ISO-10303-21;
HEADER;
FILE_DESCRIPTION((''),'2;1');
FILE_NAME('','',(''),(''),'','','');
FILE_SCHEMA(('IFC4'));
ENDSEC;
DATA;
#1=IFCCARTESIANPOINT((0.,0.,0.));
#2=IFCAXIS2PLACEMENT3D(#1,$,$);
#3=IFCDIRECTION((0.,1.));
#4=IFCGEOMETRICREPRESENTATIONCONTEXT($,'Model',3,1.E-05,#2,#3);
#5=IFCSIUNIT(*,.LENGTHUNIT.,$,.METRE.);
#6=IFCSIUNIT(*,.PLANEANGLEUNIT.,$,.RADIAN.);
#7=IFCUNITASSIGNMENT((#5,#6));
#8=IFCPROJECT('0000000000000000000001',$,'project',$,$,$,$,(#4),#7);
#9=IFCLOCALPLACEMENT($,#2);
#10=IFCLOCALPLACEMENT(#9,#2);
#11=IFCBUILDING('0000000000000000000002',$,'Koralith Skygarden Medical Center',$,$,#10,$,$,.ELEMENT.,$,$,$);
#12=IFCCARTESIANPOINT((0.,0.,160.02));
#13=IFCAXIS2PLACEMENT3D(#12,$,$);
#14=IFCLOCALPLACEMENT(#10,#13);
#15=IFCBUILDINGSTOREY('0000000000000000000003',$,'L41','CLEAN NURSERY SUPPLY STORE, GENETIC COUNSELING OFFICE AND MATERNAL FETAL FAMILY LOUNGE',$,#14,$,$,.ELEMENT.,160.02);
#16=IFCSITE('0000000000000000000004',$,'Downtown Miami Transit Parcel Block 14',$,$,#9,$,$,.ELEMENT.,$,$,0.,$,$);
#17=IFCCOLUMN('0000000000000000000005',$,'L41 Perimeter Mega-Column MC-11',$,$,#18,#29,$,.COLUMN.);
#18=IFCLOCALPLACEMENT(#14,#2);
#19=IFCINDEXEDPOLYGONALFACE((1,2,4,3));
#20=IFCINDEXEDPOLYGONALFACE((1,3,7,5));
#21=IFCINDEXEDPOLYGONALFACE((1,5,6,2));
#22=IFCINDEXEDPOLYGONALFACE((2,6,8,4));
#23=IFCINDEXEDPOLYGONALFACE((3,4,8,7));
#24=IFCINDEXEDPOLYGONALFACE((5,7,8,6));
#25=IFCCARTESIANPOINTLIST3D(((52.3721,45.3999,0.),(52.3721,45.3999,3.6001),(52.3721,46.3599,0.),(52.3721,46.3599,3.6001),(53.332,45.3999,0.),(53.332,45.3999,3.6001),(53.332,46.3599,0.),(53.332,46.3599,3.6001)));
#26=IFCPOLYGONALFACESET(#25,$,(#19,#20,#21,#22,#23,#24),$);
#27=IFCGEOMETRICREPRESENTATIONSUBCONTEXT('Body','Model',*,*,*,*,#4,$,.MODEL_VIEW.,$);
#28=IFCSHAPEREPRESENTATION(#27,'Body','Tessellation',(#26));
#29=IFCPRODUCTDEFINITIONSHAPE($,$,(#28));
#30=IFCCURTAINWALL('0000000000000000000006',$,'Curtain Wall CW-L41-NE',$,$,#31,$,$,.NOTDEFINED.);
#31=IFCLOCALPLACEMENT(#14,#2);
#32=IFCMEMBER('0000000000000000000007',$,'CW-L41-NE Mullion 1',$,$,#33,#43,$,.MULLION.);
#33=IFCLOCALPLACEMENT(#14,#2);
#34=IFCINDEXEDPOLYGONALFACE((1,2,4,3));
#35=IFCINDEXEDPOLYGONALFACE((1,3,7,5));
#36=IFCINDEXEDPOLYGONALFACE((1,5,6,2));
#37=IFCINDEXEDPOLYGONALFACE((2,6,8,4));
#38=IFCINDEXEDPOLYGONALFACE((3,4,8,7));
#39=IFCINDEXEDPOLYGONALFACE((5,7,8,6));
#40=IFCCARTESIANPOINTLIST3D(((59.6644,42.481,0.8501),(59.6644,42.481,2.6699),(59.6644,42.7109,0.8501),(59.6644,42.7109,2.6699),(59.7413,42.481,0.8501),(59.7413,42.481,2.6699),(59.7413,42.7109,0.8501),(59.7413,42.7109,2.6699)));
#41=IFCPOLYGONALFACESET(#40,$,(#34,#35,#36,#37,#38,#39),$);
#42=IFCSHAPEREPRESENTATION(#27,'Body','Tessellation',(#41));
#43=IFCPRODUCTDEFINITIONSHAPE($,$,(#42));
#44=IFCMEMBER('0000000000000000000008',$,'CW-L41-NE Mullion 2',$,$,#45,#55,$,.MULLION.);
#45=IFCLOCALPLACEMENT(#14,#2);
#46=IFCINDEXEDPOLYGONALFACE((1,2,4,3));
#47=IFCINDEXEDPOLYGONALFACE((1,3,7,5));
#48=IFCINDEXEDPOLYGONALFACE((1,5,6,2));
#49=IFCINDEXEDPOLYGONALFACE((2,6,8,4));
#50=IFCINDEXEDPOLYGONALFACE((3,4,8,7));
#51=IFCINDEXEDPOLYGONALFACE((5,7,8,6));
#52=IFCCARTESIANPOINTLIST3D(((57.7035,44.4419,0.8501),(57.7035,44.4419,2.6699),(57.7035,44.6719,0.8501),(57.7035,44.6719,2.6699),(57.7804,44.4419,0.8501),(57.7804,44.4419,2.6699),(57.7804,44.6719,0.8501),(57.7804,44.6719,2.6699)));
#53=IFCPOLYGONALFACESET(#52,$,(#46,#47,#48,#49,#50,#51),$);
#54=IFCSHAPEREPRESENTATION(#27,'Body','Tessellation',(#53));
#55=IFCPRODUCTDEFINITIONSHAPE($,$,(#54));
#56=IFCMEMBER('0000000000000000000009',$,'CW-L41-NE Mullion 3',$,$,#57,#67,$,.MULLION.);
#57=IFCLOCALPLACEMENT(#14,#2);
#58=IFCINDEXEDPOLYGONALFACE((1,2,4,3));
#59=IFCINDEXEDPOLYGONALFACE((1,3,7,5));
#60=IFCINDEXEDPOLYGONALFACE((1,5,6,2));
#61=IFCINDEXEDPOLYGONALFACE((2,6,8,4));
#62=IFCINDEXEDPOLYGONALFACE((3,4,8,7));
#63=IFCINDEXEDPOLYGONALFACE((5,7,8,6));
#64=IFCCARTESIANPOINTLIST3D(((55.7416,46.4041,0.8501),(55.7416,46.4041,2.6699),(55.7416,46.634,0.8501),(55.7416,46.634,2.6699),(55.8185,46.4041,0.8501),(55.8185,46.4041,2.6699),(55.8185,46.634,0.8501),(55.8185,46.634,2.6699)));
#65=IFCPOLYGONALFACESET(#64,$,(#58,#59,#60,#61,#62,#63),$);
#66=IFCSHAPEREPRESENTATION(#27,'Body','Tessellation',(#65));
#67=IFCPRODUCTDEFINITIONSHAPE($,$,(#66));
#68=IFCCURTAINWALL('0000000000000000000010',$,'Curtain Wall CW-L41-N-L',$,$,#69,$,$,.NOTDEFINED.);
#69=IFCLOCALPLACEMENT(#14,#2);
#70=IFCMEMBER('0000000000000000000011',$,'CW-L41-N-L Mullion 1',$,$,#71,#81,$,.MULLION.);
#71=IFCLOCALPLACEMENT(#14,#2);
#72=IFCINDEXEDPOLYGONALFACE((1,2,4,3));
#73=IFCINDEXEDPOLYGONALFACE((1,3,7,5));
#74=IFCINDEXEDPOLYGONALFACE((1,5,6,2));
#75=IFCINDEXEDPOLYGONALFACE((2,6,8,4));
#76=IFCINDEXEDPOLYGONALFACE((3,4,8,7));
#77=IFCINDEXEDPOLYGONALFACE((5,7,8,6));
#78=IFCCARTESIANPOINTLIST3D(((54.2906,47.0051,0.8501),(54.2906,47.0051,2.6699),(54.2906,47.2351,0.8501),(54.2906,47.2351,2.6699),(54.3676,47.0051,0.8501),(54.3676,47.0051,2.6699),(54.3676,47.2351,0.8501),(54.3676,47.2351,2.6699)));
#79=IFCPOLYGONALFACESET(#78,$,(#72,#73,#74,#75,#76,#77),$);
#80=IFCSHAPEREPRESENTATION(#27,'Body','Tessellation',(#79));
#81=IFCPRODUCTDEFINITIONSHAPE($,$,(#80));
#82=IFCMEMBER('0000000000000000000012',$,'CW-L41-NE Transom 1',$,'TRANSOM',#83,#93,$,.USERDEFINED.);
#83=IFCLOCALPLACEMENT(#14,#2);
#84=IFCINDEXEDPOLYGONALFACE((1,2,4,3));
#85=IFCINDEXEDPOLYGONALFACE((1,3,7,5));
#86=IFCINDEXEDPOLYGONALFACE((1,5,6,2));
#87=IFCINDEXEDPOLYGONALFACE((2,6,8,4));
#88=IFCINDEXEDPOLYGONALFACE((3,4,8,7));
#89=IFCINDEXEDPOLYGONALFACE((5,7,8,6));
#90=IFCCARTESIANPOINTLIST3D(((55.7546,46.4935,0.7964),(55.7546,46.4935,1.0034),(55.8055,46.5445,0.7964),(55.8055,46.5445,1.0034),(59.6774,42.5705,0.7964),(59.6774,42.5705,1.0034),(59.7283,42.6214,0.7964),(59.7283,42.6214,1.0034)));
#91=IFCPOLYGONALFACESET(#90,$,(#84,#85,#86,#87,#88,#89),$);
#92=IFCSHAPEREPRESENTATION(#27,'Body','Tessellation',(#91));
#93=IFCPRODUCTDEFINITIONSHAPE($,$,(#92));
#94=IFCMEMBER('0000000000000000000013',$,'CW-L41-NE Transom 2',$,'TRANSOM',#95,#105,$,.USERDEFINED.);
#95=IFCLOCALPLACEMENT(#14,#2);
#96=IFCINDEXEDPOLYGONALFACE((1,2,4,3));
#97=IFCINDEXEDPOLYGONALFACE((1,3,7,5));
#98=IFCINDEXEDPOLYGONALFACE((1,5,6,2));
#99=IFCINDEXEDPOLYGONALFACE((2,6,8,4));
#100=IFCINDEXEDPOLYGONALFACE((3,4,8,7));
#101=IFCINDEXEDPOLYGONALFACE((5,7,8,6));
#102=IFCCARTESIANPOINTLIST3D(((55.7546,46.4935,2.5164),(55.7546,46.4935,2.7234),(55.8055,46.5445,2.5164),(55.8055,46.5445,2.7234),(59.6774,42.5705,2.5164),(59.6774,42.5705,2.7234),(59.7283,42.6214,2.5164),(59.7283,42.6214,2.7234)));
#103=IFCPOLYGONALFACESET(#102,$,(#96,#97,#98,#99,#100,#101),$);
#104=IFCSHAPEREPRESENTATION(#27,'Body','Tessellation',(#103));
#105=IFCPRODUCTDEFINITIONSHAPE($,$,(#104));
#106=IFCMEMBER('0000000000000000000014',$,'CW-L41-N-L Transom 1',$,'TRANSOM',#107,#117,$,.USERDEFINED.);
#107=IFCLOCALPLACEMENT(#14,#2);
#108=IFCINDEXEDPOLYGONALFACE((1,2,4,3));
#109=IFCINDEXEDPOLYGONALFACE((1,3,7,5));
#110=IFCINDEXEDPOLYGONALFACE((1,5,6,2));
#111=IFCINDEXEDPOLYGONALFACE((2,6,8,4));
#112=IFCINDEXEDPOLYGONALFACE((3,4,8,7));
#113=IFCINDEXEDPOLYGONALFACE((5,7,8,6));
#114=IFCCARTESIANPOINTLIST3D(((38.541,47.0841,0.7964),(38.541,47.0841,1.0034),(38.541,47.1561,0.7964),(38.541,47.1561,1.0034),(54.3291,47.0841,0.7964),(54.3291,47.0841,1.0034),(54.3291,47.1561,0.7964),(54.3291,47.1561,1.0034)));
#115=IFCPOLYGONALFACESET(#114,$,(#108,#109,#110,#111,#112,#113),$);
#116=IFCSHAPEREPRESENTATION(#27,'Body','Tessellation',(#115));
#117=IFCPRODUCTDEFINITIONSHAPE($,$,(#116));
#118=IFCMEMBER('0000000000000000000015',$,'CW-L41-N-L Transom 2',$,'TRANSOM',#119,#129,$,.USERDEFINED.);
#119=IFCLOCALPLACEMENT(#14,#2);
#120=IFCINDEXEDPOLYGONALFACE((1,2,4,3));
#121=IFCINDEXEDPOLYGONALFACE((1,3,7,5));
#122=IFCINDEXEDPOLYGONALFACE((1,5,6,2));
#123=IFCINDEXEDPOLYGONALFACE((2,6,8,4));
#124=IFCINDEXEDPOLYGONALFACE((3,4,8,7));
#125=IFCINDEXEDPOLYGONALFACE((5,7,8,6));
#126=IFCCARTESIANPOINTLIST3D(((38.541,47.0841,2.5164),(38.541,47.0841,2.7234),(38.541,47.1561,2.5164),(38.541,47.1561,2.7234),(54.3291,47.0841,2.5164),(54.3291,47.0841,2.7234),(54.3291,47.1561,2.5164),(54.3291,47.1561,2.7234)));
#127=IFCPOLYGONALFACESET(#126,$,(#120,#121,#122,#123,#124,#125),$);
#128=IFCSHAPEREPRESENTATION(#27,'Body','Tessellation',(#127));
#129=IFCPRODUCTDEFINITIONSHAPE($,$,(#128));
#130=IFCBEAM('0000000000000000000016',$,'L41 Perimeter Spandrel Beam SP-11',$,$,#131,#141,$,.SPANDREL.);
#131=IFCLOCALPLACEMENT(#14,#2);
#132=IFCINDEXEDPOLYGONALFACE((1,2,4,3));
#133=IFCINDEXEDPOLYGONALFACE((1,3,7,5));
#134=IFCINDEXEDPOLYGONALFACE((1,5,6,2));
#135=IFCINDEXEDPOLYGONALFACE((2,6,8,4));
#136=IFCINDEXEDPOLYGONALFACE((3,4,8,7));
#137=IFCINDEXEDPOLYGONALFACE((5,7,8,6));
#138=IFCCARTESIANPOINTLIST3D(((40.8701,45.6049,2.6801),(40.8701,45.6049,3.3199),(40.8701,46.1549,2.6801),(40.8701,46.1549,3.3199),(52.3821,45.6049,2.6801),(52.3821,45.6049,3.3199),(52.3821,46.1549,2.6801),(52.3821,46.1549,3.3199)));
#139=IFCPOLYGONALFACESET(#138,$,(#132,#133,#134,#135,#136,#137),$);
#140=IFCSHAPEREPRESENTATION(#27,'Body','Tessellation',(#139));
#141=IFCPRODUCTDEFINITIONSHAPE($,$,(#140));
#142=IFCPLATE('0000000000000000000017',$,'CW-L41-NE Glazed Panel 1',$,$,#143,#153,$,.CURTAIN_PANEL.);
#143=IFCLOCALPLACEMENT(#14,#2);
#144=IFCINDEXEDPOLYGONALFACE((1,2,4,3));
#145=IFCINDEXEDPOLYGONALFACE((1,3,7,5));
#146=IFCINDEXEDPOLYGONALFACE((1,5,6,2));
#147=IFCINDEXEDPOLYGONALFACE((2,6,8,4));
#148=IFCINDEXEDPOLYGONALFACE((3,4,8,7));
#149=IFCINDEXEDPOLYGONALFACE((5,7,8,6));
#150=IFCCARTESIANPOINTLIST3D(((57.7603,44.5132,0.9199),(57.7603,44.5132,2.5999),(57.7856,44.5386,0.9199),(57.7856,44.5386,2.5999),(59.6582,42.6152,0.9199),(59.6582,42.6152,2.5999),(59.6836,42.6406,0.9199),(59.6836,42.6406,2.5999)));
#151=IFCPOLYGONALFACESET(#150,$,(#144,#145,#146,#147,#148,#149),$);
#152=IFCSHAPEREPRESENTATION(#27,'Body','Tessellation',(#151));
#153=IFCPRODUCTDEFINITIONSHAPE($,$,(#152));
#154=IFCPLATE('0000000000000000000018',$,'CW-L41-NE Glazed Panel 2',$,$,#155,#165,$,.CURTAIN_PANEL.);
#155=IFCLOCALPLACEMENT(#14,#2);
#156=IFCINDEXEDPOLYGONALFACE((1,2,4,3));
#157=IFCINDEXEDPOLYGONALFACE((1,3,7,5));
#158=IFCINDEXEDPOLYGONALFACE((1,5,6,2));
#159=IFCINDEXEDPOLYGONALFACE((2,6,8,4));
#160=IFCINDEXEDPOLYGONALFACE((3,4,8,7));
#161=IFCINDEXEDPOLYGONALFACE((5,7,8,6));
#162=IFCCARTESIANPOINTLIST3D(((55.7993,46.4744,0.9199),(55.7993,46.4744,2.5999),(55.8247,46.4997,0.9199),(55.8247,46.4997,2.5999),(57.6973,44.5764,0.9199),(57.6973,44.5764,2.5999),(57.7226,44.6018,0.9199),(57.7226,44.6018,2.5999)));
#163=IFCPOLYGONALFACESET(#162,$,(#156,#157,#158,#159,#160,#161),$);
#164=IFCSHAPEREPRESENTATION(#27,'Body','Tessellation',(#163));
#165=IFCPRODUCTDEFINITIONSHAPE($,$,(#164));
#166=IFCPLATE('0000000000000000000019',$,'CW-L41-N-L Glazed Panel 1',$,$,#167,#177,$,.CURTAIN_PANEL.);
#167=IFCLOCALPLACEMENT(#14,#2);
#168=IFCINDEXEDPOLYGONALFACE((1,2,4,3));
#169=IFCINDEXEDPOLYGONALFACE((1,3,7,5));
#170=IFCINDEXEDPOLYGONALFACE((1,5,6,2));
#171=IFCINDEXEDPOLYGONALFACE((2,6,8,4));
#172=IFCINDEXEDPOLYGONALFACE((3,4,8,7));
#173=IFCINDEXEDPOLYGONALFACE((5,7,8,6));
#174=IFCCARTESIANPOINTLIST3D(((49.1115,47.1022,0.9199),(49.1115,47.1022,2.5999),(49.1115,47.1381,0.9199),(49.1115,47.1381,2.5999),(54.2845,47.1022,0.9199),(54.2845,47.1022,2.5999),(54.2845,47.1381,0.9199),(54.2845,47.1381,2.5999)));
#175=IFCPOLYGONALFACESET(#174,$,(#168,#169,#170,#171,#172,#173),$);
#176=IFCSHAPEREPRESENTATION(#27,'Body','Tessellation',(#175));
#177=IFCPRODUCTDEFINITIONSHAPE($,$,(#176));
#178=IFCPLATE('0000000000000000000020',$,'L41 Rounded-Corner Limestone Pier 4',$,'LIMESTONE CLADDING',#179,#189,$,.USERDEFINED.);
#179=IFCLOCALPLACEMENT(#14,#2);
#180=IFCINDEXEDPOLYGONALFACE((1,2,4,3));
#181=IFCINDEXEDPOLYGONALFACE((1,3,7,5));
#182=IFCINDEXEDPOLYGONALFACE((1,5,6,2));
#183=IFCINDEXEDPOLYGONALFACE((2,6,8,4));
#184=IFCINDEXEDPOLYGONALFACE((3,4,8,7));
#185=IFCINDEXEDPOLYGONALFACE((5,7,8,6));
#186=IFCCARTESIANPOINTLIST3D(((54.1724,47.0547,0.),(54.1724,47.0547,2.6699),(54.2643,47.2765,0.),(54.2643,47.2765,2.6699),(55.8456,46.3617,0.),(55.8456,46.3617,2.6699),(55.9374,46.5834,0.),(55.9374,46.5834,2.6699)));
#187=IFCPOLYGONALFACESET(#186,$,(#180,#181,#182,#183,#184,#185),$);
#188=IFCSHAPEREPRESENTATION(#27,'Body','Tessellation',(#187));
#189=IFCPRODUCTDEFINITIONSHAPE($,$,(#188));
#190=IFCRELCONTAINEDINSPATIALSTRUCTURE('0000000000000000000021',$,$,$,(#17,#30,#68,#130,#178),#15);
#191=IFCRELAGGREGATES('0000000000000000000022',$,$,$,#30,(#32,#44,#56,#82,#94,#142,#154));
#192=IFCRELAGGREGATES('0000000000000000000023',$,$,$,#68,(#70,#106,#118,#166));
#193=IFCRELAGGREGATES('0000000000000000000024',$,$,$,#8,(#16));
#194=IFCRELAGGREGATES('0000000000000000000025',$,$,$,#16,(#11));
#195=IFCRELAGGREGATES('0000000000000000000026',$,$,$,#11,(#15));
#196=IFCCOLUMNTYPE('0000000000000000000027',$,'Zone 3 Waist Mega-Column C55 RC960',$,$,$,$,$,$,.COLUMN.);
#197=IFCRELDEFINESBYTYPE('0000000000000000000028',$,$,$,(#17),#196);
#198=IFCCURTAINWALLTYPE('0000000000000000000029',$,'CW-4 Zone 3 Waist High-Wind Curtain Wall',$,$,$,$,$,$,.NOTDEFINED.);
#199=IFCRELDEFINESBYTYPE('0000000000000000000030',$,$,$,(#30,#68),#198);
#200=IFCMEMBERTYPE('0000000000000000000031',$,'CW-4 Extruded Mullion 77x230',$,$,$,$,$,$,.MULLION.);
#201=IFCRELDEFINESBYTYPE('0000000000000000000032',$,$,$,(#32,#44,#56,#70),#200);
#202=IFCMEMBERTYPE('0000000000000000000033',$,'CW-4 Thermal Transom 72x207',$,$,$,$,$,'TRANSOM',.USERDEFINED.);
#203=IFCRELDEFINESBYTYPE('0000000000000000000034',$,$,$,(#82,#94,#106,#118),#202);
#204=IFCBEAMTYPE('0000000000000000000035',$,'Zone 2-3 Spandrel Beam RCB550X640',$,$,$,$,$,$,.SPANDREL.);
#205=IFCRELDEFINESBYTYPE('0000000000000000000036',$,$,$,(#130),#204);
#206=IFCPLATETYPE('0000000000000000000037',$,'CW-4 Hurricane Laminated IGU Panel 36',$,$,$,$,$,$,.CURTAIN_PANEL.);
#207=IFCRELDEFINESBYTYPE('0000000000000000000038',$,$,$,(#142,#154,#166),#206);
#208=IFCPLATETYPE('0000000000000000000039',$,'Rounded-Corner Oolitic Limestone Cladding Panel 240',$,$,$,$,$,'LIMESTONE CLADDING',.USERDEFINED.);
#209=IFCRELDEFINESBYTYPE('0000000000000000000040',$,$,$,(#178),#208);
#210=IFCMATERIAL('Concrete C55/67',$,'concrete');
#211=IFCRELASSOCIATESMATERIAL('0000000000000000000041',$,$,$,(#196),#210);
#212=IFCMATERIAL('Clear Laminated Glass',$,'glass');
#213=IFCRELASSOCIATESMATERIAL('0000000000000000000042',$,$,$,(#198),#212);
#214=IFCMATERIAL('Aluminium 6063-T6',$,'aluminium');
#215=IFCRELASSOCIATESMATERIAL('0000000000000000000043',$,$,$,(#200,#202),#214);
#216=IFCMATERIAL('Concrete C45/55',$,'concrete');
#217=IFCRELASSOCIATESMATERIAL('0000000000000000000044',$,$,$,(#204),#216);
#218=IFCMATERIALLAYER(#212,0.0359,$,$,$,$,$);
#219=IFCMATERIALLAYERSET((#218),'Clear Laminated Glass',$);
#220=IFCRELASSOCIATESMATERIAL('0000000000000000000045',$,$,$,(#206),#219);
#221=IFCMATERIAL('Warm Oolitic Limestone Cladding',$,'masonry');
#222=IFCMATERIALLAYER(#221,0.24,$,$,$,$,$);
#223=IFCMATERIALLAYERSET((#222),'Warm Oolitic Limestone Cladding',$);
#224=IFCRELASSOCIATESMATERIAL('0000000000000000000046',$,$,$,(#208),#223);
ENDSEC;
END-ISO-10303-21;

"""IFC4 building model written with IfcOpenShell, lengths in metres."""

from ifc_helpers import new_model, si_unit, direction, frame, origin, origin_2d, place, context, subcontext, project, spatial, rectangle, extrude, material, layer, layer_set, material_profile, profile_set, type_object, element, aggregate, save


model = new_model("IFC4")

# Units and contexts
model_context = context("Model", 3, precision=1e-05, world=origin(), true_north=direction((0.0, 1.0)))
body_context = subcontext(model_context, "Body", "Model", "MODEL_VIEW")
ifc_project = project(units=[si_unit("LENGTHUNIT", "METRE"), si_unit("PLANEANGLEUNIT", "RADIAN")], contexts=[model_context])

# Site, building, storey
site_placement = place(None, origin())
site = spatial("IfcSite", under=ifc_project, at=site_placement, Name="Downtown Miami Transit Parcel Block 14", CompositionType="ELEMENT", RefElevation=0.0)
building_placement = place(site_placement, origin())
building = spatial("IfcBuilding", under=site, at=building_placement, Name="Koralith Skygarden Medical Center", CompositionType="ELEMENT")
storey_placement = place(building_placement, frame((0.0, 0.0, 160.02)))
storey = spatial("IfcBuildingStorey", under=building, at=storey_placement, Name="L41", Description="CLEAN NURSERY SUPPLY STORE, GENETIC COUNSELING OFFICE AND MATERNAL FETAL FAMILY LOUNGE", CompositionType="ELEMENT", Elevation=160.02)

# Column
ifc_material_1 = material(Name="Concrete C55/67", Category="concrete")
ifc_material_profile_1 = material_profile(ifc_material_1, rectangle(XDim=0.96, YDim=0.96, at=origin_2d()), Name="RC960X960")
ifc_profile_set_1 = profile_set([ifc_material_profile_1], Name="Concrete C55/67")
column_type = type_object("IfcColumnType", Name="Zone 3 Waist Mega-Column C55 RC960", PredefinedType="COLUMN", material=ifc_profile_set_1)
column_placement = place(storey_placement, frame((52.8521, 45.8799, 0.0), z_axis=(0.0, 0.0, 1.0), x_axis=(1.0, 0.0, 0.0)))
element("IfcColumn", 1, at=column_placement, inside=storey, type_object=column_type, Name="L41 Perimeter Mega-Column MC-11", PredefinedType="COLUMN", context=body_context, shape_type="SweptSolid", body=[
    extrude(rectangle(XDim=0.96, YDim=0.96, at=origin_2d()), origin(), (0.0, 0.0, 1.0), 3.6001),
])

# Curtain wall, members
ifc_material_2 = material(Name="Clear Laminated Glass", Category="glass")
curtain_wall_type = type_object("IfcCurtainWallType", Name="CW-4 Zone 3 Waist High-Wind Curtain Wall", PredefinedType="NOTDEFINED", material=ifc_material_2)
curtain_wall_1_placement = place(storey_placement, origin())
curtain_wall_1 = element("IfcCurtainWall", 2, at=curtain_wall_1_placement, inside=storey, type_object=curtain_wall_type, Name="Curtain Wall CW-L41-NE", PredefinedType="NOTDEFINED")
ifc_material_3 = material(Name="Aluminium 6063-T6", Category="aluminium")
ifc_material_profile_2 = material_profile(ifc_material_3, rectangle(XDim=0.0769, YDim=0.23, at=origin_2d()), Name="MUL77X230")
ifc_profile_set_2 = profile_set([ifc_material_profile_2], Name="Aluminium 6063-T6")
member_type_1 = type_object("IfcMemberType", Name="CW-4 Extruded Mullion 77x230", PredefinedType="MULLION", material=ifc_profile_set_2)
member_1_placement = place(storey_placement, frame((59.7029, 42.5959, 0.8501), z_axis=(0.0, 0.0, 1.0), x_axis=(1.0, 0.0, 0.0)))
member_1 = element("IfcMember", 3, at=member_1_placement, type_object=member_type_1, Name="CW-L41-NE Mullion 1", PredefinedType="MULLION", context=body_context, shape_type="SweptSolid", body=[
    extrude(rectangle(XDim=0.0769, YDim=0.23, at=origin_2d()), origin(), (0.0, 0.0, 1.0), 1.8198),
])
member_2_placement = place(storey_placement, frame((57.7419, 44.5569, 0.8501), z_axis=(0.0, 0.0, 1.0), x_axis=(1.0, 0.0, 0.0)))
member_2 = element("IfcMember", 4, at=member_2_placement, type_object=member_type_1, Name="CW-L41-NE Mullion 2", PredefinedType="MULLION", context=body_context, shape_type="SweptSolid", body=[
    extrude(rectangle(XDim=0.0769, YDim=0.23, at=origin_2d()), origin(), (0.0, 0.0, 1.0), 1.8198),
])
member_3_placement = place(storey_placement, frame((55.78, 46.519, 0.8501), z_axis=(0.0, 0.0, 1.0), x_axis=(1.0, 0.0, 0.0)))
member_3 = element("IfcMember", 5, at=member_3_placement, type_object=member_type_1, Name="CW-L41-NE Mullion 3", PredefinedType="MULLION", context=body_context, shape_type="SweptSolid", body=[
    extrude(rectangle(XDim=0.0769, YDim=0.23, at=origin_2d()), origin(), (0.0, 0.0, 1.0), 1.8198),
])

# Curtain wall, member
curtain_wall_2_placement = place(storey_placement, origin())
curtain_wall_2 = element("IfcCurtainWall", 6, at=curtain_wall_2_placement, inside=storey, type_object=curtain_wall_type, Name="Curtain Wall CW-L41-N-L", PredefinedType="NOTDEFINED")
member_4_placement = place(storey_placement, frame((54.3291, 47.1201, 0.8501), z_axis=(0.0, 0.0, 1.0), x_axis=(1.0, 0.0, 0.0)))
member_4 = element("IfcMember", 7, at=member_4_placement, type_object=member_type_1, Name="CW-L41-N-L Mullion 1", PredefinedType="MULLION", context=body_context, shape_type="SweptSolid", body=[
    extrude(rectangle(XDim=0.0769, YDim=0.23, at=origin_2d()), origin(), (0.0, 0.0, 1.0), 1.8198),
])

# Members
ifc_material_profile_3 = material_profile(ifc_material_3, rectangle(XDim=0.072, YDim=0.207, at=origin_2d()), Name="TRN72X207")
ifc_profile_set_3 = profile_set([ifc_material_profile_3], Name="Aluminium 6063-T6")
member_type_2 = type_object("IfcMemberType", Name="CW-4 Thermal Transom 72x207", ElementType="TRANSOM", PredefinedType="USERDEFINED", material=ifc_profile_set_3)
member_5_placement = place(storey_placement, frame((59.7029, 42.5959, 0.8999), z_axis=(-0.707085, 0.707129, 0.0), x_axis=(-0.707129, -0.707085, 0.0)))
member_5 = element("IfcMember", 8, at=member_5_placement, type_object=member_type_2, Name="CW-L41-NE Transom 1", ObjectType="TRANSOM", PredefinedType="USERDEFINED", context=body_context, shape_type="SweptSolid", body=[
    extrude(rectangle(XDim=0.072, YDim=0.207, at=origin_2d()), origin(), (0.0, 0.0, 1.0), 5.5479),
])
member_6_placement = place(storey_placement, frame((59.7029, 42.5959, 2.6199), z_axis=(-0.707085, 0.707129, 0.0), x_axis=(-0.707129, -0.707085, 0.0)))
member_6 = element("IfcMember", 9, at=member_6_placement, type_object=member_type_2, Name="CW-L41-NE Transom 2", ObjectType="TRANSOM", PredefinedType="USERDEFINED", context=body_context, shape_type="SweptSolid", body=[
    extrude(rectangle(XDim=0.072, YDim=0.207, at=origin_2d()), origin(), (0.0, 0.0, 1.0), 5.5479),
])
member_7_placement = place(storey_placement, frame((54.3291, 47.1201, 0.8999), z_axis=(-1.0, 0.0, 0.0), x_axis=(0.0, -1.0, 0.0)))
member_7 = element("IfcMember", 10, at=member_7_placement, type_object=member_type_2, Name="CW-L41-N-L Transom 1", ObjectType="TRANSOM", PredefinedType="USERDEFINED", context=body_context, shape_type="SweptSolid", body=[
    extrude(rectangle(XDim=0.072, YDim=0.207, at=origin_2d()), origin(), (0.0, 0.0, 1.0), 15.7881),
])
member_8_placement = place(storey_placement, frame((54.3291, 47.1201, 2.6199), z_axis=(-1.0, 0.0, 0.0), x_axis=(0.0, -1.0, 0.0)))
member_8 = element("IfcMember", 11, at=member_8_placement, type_object=member_type_2, Name="CW-L41-N-L Transom 2", ObjectType="TRANSOM", PredefinedType="USERDEFINED", context=body_context, shape_type="SweptSolid", body=[
    extrude(rectangle(XDim=0.072, YDim=0.207, at=origin_2d()), origin(), (0.0, 0.0, 1.0), 15.7881),
])

# Beam
ifc_material_4 = material(Name="Concrete C45/55", Category="concrete")
ifc_material_profile_4 = material_profile(ifc_material_4, rectangle(XDim=0.55, YDim=0.6399, at=origin_2d()), Name="RCB550X640")
ifc_profile_set_4 = profile_set([ifc_material_profile_4], Name="Concrete C45/55")
beam_type = type_object("IfcBeamType", Name="Zone 2-3 Spandrel Beam RCB550X640", PredefinedType="SPANDREL", material=ifc_profile_set_4)
beam_placement = place(storey_placement, frame((52.3821, 45.8799, 3.0), z_axis=(-1.0, 0.0, 0.0), x_axis=(0.0, -1.0, 0.0)))
element("IfcBeam", 12, at=beam_placement, inside=storey, type_object=beam_type, Name="L41 Perimeter Spandrel Beam SP-11", PredefinedType="SPANDREL", context=body_context, shape_type="SweptSolid", body=[
    extrude(rectangle(XDim=0.55, YDim=0.6399, at=origin_2d()), origin(), (0.0, 0.0, 1.0), 11.512),
])

# Plates
ifc_layer_1 = layer(ifc_material_2, 0.0359)
ifc_layer_set_1 = layer_set([ifc_layer_1], Name="Clear Laminated Glass")
plate_type_1 = type_object("IfcPlateType", Name="CW-4 Hurricane Laminated IGU Panel 36", PredefinedType="CURTAIN_PANEL", material=ifc_layer_set_1)
plate_1_placement = place(storey_placement, frame((58.7219, 43.5769, 0.9199), z_axis=(0.0, 0.0, 1.0), x_axis=(-0.707107, 0.707107, 0.0)))
plate_1 = element("IfcPlate", 13, at=plate_1_placement, type_object=plate_type_1, Name="CW-L41-NE Glazed Panel 1", PredefinedType="CURTAIN_PANEL", context=body_context, shape_type="SweptSolid", body=[
    extrude(rectangle(XDim=2.6841, YDim=0.0359, at=origin_2d()), origin(), (0.0, 0.0, 1.0), 1.6799),
])
plate_2_placement = place(storey_placement, frame((56.761, 45.5381, 0.9199), z_axis=(0.0, 0.0, 1.0), x_axis=(-0.707107, 0.707107, 0.0)))
plate_2 = element("IfcPlate", 14, at=plate_2_placement, type_object=plate_type_1, Name="CW-L41-NE Glazed Panel 2", PredefinedType="CURTAIN_PANEL", context=body_context, shape_type="SweptSolid", body=[
    extrude(rectangle(XDim=2.6841, YDim=0.0359, at=origin_2d()), origin(), (0.0, 0.0, 1.0), 1.6799),
])
aggregate(curtain_wall_1, [member_1, member_2, member_3, member_5, member_6, plate_1, plate_2])
plate_3_placement = place(storey_placement, frame((51.698, 47.1201, 0.9199), z_axis=(0.0, 0.0, 1.0), x_axis=(-1.0, 0.0, 0.0)))
plate_3 = element("IfcPlate", 15, at=plate_3_placement, type_object=plate_type_1, Name="CW-L41-N-L Glazed Panel 1", PredefinedType="CURTAIN_PANEL", context=body_context, shape_type="SweptSolid", body=[
    extrude(rectangle(XDim=5.1731, YDim=0.0359, at=origin_2d()), origin(), (0.0, 0.0, 1.0), 1.6799),
])
aggregate(curtain_wall_2, [member_4, member_7, member_8, plate_3])
ifc_material_5 = material(Name="Warm Oolitic Limestone Cladding", Category="masonry")
ifc_layer_2 = layer(ifc_material_5, 0.24)
ifc_layer_set_2 = layer_set([ifc_layer_2], Name="Warm Oolitic Limestone Cladding")
plate_type_2 = type_object("IfcPlateType", Name="Rounded-Corner Oolitic Limestone Cladding Panel 240", ElementType="LIMESTONE CLADDING", PredefinedType="USERDEFINED", material=ifc_layer_set_2)
plate_4_placement = place(storey_placement, frame((55.0549, 46.8191, 0.0), z_axis=(0.0, 0.0, 1.0), x_axis=(-0.923885, 0.382671, 0.0)))
element("IfcPlate", 16, at=plate_4_placement, inside=storey, type_object=plate_type_2, Name="L41 Rounded-Corner Limestone Pier 4", ObjectType="LIMESTONE CLADDING", PredefinedType="USERDEFINED", context=body_context, shape_type="SweptSolid", body=[
    extrude(rectangle(XDim=1.811, YDim=0.24, at=origin_2d()), origin(), (0.0, 0.0, 1.0), 2.6699),
])

save(model, "model.ifc")
